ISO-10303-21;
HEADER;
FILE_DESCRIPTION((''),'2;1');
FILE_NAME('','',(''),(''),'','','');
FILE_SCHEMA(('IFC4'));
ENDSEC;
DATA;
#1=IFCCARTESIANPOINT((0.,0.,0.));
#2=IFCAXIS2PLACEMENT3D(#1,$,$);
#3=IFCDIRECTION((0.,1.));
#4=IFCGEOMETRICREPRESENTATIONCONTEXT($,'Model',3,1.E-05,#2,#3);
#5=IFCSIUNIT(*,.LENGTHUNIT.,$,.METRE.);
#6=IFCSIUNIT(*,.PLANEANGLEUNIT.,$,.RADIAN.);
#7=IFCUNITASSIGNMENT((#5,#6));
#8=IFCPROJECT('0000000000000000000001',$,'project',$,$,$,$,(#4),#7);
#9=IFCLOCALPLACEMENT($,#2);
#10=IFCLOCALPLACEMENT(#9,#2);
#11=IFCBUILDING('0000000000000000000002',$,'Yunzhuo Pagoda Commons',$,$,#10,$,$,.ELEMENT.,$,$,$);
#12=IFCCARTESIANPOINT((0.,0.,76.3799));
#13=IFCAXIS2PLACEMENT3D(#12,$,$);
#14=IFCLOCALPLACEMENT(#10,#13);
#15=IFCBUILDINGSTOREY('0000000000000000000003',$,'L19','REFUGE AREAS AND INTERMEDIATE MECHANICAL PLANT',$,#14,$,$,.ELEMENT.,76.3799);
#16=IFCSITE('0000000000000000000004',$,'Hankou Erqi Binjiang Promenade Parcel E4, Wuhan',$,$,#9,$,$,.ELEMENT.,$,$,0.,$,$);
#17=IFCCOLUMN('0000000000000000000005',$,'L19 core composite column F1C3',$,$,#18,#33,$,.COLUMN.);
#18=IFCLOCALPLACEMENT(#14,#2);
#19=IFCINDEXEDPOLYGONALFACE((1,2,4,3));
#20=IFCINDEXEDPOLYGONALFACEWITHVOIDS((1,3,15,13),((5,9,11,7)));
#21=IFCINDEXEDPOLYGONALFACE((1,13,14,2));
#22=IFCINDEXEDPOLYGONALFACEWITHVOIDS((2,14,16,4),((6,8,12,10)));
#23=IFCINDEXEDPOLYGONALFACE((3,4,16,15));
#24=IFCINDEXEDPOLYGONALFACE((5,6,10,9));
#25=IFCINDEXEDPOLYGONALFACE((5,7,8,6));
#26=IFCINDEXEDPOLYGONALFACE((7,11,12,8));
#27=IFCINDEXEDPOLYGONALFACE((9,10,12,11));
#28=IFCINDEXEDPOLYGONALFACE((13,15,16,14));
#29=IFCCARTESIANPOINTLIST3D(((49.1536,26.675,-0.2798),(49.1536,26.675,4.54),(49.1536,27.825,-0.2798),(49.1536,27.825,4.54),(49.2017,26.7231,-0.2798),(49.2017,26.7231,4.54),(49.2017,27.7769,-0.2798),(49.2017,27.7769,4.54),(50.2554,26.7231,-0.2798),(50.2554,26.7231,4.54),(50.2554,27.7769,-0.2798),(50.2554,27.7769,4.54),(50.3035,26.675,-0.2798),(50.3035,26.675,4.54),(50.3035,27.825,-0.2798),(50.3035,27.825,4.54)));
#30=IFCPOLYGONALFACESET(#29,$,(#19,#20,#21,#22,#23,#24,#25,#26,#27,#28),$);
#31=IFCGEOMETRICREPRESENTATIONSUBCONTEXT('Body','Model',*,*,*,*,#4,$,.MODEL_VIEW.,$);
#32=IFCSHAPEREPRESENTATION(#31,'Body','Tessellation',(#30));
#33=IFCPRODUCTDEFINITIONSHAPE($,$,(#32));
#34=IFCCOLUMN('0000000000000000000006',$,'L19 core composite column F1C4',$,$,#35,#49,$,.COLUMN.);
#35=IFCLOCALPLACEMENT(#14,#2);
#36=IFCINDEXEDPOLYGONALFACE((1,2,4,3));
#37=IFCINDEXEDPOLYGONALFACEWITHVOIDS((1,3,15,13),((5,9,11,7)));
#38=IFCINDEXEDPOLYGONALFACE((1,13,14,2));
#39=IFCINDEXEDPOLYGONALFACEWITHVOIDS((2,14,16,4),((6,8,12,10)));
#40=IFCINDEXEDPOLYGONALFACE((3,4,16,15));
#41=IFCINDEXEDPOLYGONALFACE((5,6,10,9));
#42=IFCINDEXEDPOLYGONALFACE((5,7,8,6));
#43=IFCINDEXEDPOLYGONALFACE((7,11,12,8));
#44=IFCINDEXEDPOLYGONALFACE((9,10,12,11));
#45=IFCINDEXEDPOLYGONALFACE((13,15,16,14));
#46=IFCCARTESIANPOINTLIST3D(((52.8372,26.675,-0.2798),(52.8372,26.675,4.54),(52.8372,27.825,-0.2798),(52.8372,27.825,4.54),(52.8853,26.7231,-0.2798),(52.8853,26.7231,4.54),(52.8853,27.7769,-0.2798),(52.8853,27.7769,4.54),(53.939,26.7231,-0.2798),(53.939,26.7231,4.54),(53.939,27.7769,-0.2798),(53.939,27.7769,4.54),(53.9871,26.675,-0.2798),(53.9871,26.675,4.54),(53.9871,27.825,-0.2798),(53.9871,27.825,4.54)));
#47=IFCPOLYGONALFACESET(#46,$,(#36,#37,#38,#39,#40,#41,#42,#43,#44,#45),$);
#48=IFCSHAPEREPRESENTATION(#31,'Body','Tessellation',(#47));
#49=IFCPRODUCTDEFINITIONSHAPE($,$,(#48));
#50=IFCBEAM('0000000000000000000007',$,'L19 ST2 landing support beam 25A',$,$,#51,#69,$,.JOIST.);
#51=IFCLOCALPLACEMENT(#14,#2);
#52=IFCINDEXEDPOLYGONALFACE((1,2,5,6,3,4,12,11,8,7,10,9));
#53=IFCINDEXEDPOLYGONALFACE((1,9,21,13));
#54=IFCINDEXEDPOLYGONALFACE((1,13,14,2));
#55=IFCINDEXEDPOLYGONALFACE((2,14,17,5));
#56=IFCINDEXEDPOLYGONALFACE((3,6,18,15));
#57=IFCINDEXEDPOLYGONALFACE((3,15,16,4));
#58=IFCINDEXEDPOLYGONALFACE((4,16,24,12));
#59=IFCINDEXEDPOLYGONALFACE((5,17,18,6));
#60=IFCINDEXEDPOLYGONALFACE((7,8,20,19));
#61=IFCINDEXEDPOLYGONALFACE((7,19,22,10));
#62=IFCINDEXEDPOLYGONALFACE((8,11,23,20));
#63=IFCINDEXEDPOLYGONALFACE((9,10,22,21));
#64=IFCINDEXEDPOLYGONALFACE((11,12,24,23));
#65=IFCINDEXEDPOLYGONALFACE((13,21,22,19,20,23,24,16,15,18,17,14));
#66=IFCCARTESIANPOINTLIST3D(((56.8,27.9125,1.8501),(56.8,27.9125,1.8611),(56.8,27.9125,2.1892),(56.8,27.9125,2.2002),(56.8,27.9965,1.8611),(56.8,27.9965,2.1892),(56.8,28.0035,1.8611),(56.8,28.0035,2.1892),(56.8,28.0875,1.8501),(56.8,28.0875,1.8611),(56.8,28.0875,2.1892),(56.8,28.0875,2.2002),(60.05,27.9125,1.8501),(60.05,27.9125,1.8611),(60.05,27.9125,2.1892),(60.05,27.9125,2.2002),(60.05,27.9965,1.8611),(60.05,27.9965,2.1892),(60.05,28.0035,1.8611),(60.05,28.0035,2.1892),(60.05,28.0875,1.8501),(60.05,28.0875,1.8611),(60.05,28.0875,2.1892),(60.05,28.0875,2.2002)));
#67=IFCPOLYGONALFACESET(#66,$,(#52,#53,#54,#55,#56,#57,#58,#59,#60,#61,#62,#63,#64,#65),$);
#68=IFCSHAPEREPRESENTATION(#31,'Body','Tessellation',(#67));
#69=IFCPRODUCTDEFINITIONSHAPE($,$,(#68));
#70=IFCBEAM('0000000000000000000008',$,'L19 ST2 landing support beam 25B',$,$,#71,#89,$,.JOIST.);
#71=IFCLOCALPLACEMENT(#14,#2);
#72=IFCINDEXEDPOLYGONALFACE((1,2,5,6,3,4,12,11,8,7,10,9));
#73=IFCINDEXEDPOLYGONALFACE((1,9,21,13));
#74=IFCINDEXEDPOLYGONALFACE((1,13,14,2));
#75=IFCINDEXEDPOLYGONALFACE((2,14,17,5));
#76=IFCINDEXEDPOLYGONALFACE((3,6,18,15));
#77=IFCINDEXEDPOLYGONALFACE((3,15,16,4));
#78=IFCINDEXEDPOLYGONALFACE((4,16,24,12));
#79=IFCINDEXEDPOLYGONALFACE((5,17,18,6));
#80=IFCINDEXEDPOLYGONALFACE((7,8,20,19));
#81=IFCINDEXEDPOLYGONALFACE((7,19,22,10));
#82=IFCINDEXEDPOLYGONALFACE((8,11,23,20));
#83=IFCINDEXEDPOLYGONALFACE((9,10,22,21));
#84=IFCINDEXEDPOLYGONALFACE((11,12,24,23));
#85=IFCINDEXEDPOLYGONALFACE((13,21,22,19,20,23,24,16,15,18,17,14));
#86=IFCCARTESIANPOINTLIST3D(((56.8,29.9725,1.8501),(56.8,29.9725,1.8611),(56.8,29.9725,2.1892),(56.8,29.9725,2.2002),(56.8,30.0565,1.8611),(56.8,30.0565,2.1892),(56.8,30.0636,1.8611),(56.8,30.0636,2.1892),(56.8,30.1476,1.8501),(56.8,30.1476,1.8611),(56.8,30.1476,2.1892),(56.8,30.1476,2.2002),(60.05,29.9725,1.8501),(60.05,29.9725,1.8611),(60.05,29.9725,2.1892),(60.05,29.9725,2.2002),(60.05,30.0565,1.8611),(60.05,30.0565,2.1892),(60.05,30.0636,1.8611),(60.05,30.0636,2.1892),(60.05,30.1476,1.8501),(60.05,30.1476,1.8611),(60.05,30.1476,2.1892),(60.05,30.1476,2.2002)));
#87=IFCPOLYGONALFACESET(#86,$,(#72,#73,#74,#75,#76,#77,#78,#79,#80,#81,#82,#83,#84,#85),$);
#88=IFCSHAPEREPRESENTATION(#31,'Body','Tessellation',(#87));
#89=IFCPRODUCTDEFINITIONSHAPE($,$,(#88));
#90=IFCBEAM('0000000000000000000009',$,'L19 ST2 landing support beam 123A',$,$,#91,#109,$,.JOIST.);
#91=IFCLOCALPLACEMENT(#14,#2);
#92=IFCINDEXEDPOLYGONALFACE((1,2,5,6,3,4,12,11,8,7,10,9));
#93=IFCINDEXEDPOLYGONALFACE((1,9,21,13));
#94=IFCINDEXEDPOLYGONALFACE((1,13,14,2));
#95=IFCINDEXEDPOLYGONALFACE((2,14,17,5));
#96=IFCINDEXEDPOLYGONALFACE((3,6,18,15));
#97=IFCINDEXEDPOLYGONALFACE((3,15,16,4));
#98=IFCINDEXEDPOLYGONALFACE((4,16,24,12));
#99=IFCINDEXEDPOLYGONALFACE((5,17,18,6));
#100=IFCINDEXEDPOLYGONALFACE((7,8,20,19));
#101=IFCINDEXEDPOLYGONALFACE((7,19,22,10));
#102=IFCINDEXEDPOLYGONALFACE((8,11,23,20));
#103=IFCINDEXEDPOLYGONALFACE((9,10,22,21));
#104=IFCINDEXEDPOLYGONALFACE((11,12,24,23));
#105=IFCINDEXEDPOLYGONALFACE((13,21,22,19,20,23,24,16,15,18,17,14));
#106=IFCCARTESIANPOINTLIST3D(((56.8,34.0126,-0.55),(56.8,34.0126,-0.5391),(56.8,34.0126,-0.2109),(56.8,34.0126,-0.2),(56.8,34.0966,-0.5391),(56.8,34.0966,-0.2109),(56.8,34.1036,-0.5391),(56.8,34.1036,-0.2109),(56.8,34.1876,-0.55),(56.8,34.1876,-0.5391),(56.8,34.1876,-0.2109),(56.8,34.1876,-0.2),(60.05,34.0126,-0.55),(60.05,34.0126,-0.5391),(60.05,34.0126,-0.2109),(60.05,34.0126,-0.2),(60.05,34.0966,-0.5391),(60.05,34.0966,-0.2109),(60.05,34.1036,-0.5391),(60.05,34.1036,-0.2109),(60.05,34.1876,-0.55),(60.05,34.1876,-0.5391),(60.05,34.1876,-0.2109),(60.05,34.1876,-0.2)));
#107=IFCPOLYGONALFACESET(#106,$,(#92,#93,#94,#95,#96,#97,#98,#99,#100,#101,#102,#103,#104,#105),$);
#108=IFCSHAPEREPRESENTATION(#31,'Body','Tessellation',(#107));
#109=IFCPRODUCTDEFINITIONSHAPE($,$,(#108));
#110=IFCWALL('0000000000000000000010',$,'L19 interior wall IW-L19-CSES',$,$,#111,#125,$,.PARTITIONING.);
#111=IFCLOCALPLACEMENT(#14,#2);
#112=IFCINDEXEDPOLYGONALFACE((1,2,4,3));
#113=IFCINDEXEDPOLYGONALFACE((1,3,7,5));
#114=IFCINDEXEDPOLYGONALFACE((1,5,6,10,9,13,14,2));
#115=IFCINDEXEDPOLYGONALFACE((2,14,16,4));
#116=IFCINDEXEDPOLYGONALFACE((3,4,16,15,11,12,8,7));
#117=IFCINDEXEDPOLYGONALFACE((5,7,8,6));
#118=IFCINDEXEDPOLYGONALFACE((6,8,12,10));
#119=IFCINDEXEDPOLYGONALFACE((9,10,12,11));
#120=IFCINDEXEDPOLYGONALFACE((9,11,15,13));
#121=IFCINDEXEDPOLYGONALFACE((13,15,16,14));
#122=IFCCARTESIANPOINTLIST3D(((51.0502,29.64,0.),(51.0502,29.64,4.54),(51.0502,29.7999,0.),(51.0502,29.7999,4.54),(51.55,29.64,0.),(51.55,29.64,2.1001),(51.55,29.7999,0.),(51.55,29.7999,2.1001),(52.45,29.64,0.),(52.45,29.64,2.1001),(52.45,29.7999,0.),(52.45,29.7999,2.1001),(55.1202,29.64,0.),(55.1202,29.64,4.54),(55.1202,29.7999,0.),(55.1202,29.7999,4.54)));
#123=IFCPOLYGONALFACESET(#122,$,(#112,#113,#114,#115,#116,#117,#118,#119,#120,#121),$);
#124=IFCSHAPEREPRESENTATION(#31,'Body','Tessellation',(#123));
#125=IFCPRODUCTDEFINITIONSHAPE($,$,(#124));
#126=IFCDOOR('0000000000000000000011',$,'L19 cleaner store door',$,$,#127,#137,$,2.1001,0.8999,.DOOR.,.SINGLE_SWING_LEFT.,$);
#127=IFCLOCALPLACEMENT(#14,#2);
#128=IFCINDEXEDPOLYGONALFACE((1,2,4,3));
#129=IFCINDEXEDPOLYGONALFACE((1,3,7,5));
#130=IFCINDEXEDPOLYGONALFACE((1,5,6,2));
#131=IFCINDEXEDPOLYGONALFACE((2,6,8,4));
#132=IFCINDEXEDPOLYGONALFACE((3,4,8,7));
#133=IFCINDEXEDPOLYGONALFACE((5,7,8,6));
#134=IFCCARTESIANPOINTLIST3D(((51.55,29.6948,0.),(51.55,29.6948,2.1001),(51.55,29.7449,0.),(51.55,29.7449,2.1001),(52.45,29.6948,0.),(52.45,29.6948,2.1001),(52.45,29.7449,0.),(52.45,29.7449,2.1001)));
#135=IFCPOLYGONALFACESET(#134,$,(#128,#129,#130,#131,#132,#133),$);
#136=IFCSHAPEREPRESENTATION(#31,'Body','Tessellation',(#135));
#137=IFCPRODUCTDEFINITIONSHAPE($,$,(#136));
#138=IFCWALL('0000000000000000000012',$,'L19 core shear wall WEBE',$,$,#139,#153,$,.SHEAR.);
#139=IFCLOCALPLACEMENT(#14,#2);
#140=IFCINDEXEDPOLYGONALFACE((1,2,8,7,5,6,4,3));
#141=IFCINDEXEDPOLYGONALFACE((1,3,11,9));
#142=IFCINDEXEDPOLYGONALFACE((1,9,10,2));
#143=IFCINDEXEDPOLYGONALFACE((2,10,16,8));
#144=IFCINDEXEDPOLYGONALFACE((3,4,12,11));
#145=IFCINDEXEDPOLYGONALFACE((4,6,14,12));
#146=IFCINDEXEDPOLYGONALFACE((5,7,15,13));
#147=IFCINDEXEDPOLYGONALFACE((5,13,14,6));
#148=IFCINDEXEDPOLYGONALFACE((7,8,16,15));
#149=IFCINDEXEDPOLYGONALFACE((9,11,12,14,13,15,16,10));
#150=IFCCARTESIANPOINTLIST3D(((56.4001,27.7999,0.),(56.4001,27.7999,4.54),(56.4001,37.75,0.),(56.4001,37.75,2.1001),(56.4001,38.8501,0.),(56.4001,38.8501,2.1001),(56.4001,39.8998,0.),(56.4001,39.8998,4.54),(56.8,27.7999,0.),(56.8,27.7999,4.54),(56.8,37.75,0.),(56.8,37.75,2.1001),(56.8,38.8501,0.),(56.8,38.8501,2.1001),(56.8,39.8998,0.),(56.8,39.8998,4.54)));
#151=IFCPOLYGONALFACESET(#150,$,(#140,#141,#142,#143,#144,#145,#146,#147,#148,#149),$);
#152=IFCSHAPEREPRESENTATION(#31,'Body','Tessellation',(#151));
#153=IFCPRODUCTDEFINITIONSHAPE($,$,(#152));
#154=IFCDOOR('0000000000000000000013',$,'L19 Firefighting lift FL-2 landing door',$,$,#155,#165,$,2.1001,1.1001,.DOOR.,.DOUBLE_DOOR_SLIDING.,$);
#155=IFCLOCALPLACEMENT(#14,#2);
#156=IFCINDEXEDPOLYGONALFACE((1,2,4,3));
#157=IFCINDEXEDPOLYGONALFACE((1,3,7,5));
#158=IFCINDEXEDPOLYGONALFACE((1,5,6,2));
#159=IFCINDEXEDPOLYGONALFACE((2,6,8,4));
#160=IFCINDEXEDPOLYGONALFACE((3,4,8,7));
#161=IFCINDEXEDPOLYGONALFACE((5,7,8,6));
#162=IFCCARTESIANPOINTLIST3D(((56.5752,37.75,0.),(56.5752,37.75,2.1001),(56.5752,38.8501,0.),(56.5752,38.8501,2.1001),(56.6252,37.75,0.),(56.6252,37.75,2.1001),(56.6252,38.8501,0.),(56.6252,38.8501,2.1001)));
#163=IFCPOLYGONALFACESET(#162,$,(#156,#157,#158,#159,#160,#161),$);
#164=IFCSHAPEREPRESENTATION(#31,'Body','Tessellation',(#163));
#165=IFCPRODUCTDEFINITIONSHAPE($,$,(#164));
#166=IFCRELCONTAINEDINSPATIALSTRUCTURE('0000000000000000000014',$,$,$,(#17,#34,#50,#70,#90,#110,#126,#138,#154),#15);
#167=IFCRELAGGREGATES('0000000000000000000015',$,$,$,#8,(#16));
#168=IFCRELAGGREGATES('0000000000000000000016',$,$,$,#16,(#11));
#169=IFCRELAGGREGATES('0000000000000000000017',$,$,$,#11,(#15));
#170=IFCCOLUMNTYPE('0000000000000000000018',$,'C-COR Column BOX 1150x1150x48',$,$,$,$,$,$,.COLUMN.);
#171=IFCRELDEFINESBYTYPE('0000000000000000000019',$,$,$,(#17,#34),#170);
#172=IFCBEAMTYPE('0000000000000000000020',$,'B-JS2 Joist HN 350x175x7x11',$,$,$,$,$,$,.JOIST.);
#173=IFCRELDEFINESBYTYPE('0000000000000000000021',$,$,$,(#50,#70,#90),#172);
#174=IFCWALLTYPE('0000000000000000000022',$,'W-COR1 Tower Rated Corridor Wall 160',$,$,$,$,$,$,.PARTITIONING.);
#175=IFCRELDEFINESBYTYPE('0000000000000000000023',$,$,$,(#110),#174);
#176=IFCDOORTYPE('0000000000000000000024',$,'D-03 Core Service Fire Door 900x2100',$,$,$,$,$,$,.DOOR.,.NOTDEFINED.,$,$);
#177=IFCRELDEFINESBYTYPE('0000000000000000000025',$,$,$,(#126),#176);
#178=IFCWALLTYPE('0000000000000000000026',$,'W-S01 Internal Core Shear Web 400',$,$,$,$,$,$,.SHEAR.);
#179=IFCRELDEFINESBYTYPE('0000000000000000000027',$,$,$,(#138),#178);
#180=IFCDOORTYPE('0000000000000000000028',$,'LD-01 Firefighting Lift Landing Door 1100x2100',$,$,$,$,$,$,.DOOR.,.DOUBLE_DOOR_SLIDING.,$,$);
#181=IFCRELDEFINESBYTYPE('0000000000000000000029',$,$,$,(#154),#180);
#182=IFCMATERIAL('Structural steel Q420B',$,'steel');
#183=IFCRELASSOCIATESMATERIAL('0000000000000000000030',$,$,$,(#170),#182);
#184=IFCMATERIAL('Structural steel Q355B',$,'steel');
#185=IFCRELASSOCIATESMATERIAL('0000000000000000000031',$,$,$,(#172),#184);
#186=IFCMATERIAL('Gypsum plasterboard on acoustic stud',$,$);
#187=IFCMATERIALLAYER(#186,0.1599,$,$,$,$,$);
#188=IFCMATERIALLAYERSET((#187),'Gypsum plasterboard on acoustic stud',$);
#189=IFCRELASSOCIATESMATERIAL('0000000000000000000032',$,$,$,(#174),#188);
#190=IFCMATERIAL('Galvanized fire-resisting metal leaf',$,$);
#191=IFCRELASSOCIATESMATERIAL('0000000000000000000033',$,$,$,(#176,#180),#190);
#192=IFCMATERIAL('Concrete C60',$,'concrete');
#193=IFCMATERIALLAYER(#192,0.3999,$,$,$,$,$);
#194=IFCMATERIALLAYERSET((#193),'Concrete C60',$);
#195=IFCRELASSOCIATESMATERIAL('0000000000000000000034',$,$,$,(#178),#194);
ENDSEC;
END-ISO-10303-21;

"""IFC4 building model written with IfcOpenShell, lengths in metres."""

from ifc_helpers import new_model, si_unit, direction, frame, frame_2d, origin, origin_with_axes, origin_2d, place, context, subcontext, project, spatial, rectangle, hollow_rectangle, i_section, extrude, source, transform, mapped, material, layer, layer_set, material_profile, profile_set, type_object, element, fill, save


model = new_model("IFC4")

# Units and contexts
model_context = context("Model", 3, precision=1e-05, world=origin(), true_north=direction((0.0, 1.0)))
body_context = subcontext(model_context, "Body", "Model", "MODEL_VIEW")
ifc_project = project(units=[si_unit("LENGTHUNIT", "METRE"), si_unit("PLANEANGLEUNIT", "RADIAN")], contexts=[model_context])

# Site, building, storey
site_placement = place(None, origin())
site = spatial("IfcSite", under=ifc_project, at=site_placement, Name="Hankou Erqi Binjiang Promenade Parcel E4, Wuhan", CompositionType="ELEMENT", RefElevation=0.0)
building_placement = place(site_placement, origin())
building = spatial("IfcBuilding", under=site, at=building_placement, Name="Yunzhuo Pagoda Commons", CompositionType="ELEMENT")
storey_placement = place(building_placement, frame((0.0, 0.0, 76.3799)))
storey = spatial("IfcBuildingStorey", under=building, at=storey_placement, Name="L19", Description="REFUGE AREAS AND INTERMEDIATE MECHANICAL PLANT", CompositionType="ELEMENT", Elevation=76.3799)

# Columns
ifc_material_1 = material(Name="Structural steel Q420B", Category="steel")
ifc_material_profile_1 = material_profile(ifc_material_1, hollow_rectangle(XDim=1.1499, YDim=1.1499, WallThickness=0.0481, at=origin_2d()), Name="Structural steel Q420B")
ifc_profile_set_1 = profile_set([ifc_material_profile_1], Name="Structural steel Q420B")
column_type = type_object("IfcColumnType", Name="C-COR Column BOX 1150x1150x48", PredefinedType="COLUMN", material=ifc_profile_set_1)
shared_shape_1 = source(origin(), body_context, "Body", "SweptSolid", [
    extrude(hollow_rectangle(XDim=1.1499, YDim=1.1499, WallThickness=0.0481, at=origin_2d()), origin(), (0.0, 0.0, 1.0), 4.8198),
])
for number, where, z_axis, x_axis, name in (
    (1, (49.7285, 27.25, -0.2798), (0.0, 0.0, 1.0), (1.0, 0.0, 0.0), "L19 core composite column F1C3"),
    (2, (53.4121, 27.25, -0.2798), (0.0, 0.0, 1.0), (1.0, 0.0, 0.0), "L19 core composite column F1C4"),
):
    element("IfcColumn", number, at=place(storey_placement, frame(where, z_axis=z_axis, x_axis=x_axis)), inside=storey, type_object=column_type, Name=name, PredefinedType="COLUMN", context=body_context, shape_type="MappedRepresentation", body=[
        mapped(shared_shape_1, transform((0.0, 0.0, 0.0), scale=1.0)),
    ])

# Beams
ifc_material_2 = material(Name="Structural steel Q355B", Category="steel")
ifc_material_profile_2 = material_profile(ifc_material_2, i_section(OverallWidth=0.175, OverallDepth=0.3501, WebThickness=0.0071, FlangeThickness=0.011, at=origin_2d()), Name="Structural steel Q355B")
ifc_profile_set_2 = profile_set([ifc_material_profile_2], Name="Structural steel Q355B")
beam_type = type_object("IfcBeamType", Name="B-JS2 Joist HN 350x175x7x11", PredefinedType="JOIST", material=ifc_profile_set_2)
shared_shape_2 = source(origin(), body_context, "Body", "SweptSolid", [
    extrude(i_section(OverallWidth=0.175, OverallDepth=0.3501, WebThickness=0.0071, FlangeThickness=0.011, at=origin_2d()), origin(), (0.0, 0.0, 1.0), 3.25),
])
for number, where, z_axis, x_axis, name in (
    (3, (56.8, 28.0, 2.0251), (1.0, 0.0, 0.0), (0.0, 1.0, 0.0), "L19 ST2 landing support beam 25A"),
    (4, (56.8, 30.0601, 2.0251), (1.0, 0.0, 0.0), (0.0, 1.0, 0.0), "L19 ST2 landing support beam 25B"),
    (5, (56.8, 34.1001, -0.375), (1.0, 0.0, 0.0), (0.0, 1.0, 0.0), "L19 ST2 landing support beam 123A"),
):
    element("IfcBeam", number, at=place(storey_placement, frame(where, z_axis=z_axis, x_axis=x_axis)), inside=storey, type_object=beam_type, Name=name, PredefinedType="JOIST", context=body_context, shape_type="MappedRepresentation", body=[
        mapped(shared_shape_2, transform((0.0, 0.0, 0.0), scale=1.0)),
    ])

# Walls, openings, doors
ifc_material_3 = material(Name="Gypsum plasterboard on acoustic stud")
ifc_layer_1 = layer(ifc_material_3, 0.1599)
ifc_layer_set_1 = layer_set([ifc_layer_1], Name="Gypsum plasterboard on acoustic stud")
wall_type_1 = type_object("IfcWallType", Name="W-COR1 Tower Rated Corridor Wall 160", PredefinedType="PARTITIONING", material=ifc_layer_set_1)
wall_1_placement = place(storey_placement, frame((51.05, 29.72, 0.0), z_axis=(0.0, 0.0, 1.0), x_axis=(1.0, 0.0, 0.0)))
wall_1 = element("IfcWall", 6, at=wall_1_placement, inside=storey, type_object=wall_type_1, Name="L19 interior wall IW-L19-CSES", PredefinedType="PARTITIONING", context=body_context, shape_type="SweptSolid", body=[
    extrude(rectangle(XDim=4.0701, YDim=0.1599, at=frame_2d((2.0352, 0.0))), origin(), (0.0, 0.0, 1.0), 4.54),
])
opening_1_placement = place(wall_1_placement, frame((0.5, 0.0, 0.0)))
opening_1 = element("IfcOpeningElement", 7, at=opening_1_placement, cuts=wall_1, PredefinedType="OPENING", context=body_context, shape_type="SweptSolid", body=[
    extrude(rectangle(XDim=0.8999, YDim=2.1001, at=frame_2d((0.45, 1.05))), frame((0.0, 0.0898, 0.0), z_axis=(0.0, -1.0, 0.0), x_axis=(1.0, 0.0, 0.0)), (0.0, 0.0, 1.0), 0.1799),
])
ifc_material_4 = material(Name="Galvanized fire-resisting metal leaf")
door_type_1 = type_object("IfcDoorType", Name="D-03 Core Service Fire Door 900x2100", OperationType="NOTDEFINED", PredefinedType="DOOR", material=ifc_material_4)
shared_shape_3 = source(origin(), body_context, "Body", "SweptSolid", [
    extrude(rectangle(XDim=0.8999, YDim=2.1001, at=frame_2d((0.45, 1.05))), frame((0.0, 0.0249, 0.0), z_axis=(0.0, -1.0, 0.0), x_axis=(1.0, 0.0, 0.0)), (0.0, 0.0, 1.0), 0.05),
])
door_1_placement = place(opening_1_placement, origin_with_axes())
door_1 = element("IfcDoor", 8, at=door_1_placement, inside=storey, type_object=door_type_1, Name="L19 cleaner store door", OperationType="SINGLE_SWING_LEFT", OverallHeight=2.1001, OverallWidth=0.8999, PredefinedType="DOOR", context=body_context, shape_type="MappedRepresentation", body=[
    mapped(shared_shape_3, transform((0.0, 0.0, 0.0), scale=1.0)),
])
fill(opening_1, door_1)
ifc_material_5 = material(Name="Concrete C60", Category="concrete")
ifc_layer_2 = layer(ifc_material_5, 0.3999)
ifc_layer_set_2 = layer_set([ifc_layer_2], Name="Concrete C60")
wall_type_2 = type_object("IfcWallType", Name="W-S01 Internal Core Shear Web 400", PredefinedType="SHEAR", material=ifc_layer_set_2)
wall_2_placement = place(storey_placement, frame((56.6001, 27.8, 0.0), z_axis=(0.0, 0.0, 1.0), x_axis=(0.0, 1.0, 0.0)))
wall_2 = element("IfcWall", 9, at=wall_2_placement, inside=storey, type_object=wall_type_2, Name="L19 core shear wall WEBE", PredefinedType="SHEAR", context=body_context, shape_type="SweptSolid", body=[
    extrude(rectangle(XDim=12.0999, YDim=0.3999, at=frame_2d((6.0498, 0.0))), origin(), (0.0, 0.0, 1.0), 4.54),
])
opening_2_placement = place(wall_2_placement, frame((9.95, 0.0, 0.0)))
opening_2 = element("IfcOpeningElement", 10, at=opening_2_placement, cuts=wall_2, PredefinedType="OPENING", context=body_context, shape_type="SweptSolid", body=[
    extrude(rectangle(XDim=1.1001, YDim=2.1001, at=frame_2d((0.55, 1.05))), frame((0.0, 0.21, 0.0), z_axis=(0.0, -1.0, 0.0), x_axis=(1.0, 0.0, 0.0)), (0.0, 0.0, 1.0), 0.4199),
])
door_type_2 = type_object("IfcDoorType", Name="LD-01 Firefighting Lift Landing Door 1100x2100", OperationType="DOUBLE_DOOR_SLIDING", PredefinedType="DOOR", material=ifc_material_4)
shared_shape_4 = source(origin(), body_context, "Body", "SweptSolid", [
    extrude(rectangle(XDim=1.1001, YDim=2.1001, at=frame_2d((0.55, 1.05))), frame((0.0, 0.0249, 0.0), z_axis=(0.0, -1.0, 0.0), x_axis=(1.0, 0.0, 0.0)), (0.0, 0.0, 1.0), 0.05),
])
door_2_placement = place(opening_2_placement, origin_with_axes())
door_2 = element("IfcDoor", 11, at=door_2_placement, inside=storey, type_object=door_type_2, Name="L19 Firefighting lift FL-2 landing door", OperationType="DOUBLE_DOOR_SLIDING", OverallHeight=2.1001, OverallWidth=1.1001, PredefinedType="DOOR", context=body_context, shape_type="MappedRepresentation", body=[
    mapped(shared_shape_4, transform((0.0, 0.0, 0.0), scale=1.0)),
])
fill(opening_2, door_2)

save(model, "model.ifc")
